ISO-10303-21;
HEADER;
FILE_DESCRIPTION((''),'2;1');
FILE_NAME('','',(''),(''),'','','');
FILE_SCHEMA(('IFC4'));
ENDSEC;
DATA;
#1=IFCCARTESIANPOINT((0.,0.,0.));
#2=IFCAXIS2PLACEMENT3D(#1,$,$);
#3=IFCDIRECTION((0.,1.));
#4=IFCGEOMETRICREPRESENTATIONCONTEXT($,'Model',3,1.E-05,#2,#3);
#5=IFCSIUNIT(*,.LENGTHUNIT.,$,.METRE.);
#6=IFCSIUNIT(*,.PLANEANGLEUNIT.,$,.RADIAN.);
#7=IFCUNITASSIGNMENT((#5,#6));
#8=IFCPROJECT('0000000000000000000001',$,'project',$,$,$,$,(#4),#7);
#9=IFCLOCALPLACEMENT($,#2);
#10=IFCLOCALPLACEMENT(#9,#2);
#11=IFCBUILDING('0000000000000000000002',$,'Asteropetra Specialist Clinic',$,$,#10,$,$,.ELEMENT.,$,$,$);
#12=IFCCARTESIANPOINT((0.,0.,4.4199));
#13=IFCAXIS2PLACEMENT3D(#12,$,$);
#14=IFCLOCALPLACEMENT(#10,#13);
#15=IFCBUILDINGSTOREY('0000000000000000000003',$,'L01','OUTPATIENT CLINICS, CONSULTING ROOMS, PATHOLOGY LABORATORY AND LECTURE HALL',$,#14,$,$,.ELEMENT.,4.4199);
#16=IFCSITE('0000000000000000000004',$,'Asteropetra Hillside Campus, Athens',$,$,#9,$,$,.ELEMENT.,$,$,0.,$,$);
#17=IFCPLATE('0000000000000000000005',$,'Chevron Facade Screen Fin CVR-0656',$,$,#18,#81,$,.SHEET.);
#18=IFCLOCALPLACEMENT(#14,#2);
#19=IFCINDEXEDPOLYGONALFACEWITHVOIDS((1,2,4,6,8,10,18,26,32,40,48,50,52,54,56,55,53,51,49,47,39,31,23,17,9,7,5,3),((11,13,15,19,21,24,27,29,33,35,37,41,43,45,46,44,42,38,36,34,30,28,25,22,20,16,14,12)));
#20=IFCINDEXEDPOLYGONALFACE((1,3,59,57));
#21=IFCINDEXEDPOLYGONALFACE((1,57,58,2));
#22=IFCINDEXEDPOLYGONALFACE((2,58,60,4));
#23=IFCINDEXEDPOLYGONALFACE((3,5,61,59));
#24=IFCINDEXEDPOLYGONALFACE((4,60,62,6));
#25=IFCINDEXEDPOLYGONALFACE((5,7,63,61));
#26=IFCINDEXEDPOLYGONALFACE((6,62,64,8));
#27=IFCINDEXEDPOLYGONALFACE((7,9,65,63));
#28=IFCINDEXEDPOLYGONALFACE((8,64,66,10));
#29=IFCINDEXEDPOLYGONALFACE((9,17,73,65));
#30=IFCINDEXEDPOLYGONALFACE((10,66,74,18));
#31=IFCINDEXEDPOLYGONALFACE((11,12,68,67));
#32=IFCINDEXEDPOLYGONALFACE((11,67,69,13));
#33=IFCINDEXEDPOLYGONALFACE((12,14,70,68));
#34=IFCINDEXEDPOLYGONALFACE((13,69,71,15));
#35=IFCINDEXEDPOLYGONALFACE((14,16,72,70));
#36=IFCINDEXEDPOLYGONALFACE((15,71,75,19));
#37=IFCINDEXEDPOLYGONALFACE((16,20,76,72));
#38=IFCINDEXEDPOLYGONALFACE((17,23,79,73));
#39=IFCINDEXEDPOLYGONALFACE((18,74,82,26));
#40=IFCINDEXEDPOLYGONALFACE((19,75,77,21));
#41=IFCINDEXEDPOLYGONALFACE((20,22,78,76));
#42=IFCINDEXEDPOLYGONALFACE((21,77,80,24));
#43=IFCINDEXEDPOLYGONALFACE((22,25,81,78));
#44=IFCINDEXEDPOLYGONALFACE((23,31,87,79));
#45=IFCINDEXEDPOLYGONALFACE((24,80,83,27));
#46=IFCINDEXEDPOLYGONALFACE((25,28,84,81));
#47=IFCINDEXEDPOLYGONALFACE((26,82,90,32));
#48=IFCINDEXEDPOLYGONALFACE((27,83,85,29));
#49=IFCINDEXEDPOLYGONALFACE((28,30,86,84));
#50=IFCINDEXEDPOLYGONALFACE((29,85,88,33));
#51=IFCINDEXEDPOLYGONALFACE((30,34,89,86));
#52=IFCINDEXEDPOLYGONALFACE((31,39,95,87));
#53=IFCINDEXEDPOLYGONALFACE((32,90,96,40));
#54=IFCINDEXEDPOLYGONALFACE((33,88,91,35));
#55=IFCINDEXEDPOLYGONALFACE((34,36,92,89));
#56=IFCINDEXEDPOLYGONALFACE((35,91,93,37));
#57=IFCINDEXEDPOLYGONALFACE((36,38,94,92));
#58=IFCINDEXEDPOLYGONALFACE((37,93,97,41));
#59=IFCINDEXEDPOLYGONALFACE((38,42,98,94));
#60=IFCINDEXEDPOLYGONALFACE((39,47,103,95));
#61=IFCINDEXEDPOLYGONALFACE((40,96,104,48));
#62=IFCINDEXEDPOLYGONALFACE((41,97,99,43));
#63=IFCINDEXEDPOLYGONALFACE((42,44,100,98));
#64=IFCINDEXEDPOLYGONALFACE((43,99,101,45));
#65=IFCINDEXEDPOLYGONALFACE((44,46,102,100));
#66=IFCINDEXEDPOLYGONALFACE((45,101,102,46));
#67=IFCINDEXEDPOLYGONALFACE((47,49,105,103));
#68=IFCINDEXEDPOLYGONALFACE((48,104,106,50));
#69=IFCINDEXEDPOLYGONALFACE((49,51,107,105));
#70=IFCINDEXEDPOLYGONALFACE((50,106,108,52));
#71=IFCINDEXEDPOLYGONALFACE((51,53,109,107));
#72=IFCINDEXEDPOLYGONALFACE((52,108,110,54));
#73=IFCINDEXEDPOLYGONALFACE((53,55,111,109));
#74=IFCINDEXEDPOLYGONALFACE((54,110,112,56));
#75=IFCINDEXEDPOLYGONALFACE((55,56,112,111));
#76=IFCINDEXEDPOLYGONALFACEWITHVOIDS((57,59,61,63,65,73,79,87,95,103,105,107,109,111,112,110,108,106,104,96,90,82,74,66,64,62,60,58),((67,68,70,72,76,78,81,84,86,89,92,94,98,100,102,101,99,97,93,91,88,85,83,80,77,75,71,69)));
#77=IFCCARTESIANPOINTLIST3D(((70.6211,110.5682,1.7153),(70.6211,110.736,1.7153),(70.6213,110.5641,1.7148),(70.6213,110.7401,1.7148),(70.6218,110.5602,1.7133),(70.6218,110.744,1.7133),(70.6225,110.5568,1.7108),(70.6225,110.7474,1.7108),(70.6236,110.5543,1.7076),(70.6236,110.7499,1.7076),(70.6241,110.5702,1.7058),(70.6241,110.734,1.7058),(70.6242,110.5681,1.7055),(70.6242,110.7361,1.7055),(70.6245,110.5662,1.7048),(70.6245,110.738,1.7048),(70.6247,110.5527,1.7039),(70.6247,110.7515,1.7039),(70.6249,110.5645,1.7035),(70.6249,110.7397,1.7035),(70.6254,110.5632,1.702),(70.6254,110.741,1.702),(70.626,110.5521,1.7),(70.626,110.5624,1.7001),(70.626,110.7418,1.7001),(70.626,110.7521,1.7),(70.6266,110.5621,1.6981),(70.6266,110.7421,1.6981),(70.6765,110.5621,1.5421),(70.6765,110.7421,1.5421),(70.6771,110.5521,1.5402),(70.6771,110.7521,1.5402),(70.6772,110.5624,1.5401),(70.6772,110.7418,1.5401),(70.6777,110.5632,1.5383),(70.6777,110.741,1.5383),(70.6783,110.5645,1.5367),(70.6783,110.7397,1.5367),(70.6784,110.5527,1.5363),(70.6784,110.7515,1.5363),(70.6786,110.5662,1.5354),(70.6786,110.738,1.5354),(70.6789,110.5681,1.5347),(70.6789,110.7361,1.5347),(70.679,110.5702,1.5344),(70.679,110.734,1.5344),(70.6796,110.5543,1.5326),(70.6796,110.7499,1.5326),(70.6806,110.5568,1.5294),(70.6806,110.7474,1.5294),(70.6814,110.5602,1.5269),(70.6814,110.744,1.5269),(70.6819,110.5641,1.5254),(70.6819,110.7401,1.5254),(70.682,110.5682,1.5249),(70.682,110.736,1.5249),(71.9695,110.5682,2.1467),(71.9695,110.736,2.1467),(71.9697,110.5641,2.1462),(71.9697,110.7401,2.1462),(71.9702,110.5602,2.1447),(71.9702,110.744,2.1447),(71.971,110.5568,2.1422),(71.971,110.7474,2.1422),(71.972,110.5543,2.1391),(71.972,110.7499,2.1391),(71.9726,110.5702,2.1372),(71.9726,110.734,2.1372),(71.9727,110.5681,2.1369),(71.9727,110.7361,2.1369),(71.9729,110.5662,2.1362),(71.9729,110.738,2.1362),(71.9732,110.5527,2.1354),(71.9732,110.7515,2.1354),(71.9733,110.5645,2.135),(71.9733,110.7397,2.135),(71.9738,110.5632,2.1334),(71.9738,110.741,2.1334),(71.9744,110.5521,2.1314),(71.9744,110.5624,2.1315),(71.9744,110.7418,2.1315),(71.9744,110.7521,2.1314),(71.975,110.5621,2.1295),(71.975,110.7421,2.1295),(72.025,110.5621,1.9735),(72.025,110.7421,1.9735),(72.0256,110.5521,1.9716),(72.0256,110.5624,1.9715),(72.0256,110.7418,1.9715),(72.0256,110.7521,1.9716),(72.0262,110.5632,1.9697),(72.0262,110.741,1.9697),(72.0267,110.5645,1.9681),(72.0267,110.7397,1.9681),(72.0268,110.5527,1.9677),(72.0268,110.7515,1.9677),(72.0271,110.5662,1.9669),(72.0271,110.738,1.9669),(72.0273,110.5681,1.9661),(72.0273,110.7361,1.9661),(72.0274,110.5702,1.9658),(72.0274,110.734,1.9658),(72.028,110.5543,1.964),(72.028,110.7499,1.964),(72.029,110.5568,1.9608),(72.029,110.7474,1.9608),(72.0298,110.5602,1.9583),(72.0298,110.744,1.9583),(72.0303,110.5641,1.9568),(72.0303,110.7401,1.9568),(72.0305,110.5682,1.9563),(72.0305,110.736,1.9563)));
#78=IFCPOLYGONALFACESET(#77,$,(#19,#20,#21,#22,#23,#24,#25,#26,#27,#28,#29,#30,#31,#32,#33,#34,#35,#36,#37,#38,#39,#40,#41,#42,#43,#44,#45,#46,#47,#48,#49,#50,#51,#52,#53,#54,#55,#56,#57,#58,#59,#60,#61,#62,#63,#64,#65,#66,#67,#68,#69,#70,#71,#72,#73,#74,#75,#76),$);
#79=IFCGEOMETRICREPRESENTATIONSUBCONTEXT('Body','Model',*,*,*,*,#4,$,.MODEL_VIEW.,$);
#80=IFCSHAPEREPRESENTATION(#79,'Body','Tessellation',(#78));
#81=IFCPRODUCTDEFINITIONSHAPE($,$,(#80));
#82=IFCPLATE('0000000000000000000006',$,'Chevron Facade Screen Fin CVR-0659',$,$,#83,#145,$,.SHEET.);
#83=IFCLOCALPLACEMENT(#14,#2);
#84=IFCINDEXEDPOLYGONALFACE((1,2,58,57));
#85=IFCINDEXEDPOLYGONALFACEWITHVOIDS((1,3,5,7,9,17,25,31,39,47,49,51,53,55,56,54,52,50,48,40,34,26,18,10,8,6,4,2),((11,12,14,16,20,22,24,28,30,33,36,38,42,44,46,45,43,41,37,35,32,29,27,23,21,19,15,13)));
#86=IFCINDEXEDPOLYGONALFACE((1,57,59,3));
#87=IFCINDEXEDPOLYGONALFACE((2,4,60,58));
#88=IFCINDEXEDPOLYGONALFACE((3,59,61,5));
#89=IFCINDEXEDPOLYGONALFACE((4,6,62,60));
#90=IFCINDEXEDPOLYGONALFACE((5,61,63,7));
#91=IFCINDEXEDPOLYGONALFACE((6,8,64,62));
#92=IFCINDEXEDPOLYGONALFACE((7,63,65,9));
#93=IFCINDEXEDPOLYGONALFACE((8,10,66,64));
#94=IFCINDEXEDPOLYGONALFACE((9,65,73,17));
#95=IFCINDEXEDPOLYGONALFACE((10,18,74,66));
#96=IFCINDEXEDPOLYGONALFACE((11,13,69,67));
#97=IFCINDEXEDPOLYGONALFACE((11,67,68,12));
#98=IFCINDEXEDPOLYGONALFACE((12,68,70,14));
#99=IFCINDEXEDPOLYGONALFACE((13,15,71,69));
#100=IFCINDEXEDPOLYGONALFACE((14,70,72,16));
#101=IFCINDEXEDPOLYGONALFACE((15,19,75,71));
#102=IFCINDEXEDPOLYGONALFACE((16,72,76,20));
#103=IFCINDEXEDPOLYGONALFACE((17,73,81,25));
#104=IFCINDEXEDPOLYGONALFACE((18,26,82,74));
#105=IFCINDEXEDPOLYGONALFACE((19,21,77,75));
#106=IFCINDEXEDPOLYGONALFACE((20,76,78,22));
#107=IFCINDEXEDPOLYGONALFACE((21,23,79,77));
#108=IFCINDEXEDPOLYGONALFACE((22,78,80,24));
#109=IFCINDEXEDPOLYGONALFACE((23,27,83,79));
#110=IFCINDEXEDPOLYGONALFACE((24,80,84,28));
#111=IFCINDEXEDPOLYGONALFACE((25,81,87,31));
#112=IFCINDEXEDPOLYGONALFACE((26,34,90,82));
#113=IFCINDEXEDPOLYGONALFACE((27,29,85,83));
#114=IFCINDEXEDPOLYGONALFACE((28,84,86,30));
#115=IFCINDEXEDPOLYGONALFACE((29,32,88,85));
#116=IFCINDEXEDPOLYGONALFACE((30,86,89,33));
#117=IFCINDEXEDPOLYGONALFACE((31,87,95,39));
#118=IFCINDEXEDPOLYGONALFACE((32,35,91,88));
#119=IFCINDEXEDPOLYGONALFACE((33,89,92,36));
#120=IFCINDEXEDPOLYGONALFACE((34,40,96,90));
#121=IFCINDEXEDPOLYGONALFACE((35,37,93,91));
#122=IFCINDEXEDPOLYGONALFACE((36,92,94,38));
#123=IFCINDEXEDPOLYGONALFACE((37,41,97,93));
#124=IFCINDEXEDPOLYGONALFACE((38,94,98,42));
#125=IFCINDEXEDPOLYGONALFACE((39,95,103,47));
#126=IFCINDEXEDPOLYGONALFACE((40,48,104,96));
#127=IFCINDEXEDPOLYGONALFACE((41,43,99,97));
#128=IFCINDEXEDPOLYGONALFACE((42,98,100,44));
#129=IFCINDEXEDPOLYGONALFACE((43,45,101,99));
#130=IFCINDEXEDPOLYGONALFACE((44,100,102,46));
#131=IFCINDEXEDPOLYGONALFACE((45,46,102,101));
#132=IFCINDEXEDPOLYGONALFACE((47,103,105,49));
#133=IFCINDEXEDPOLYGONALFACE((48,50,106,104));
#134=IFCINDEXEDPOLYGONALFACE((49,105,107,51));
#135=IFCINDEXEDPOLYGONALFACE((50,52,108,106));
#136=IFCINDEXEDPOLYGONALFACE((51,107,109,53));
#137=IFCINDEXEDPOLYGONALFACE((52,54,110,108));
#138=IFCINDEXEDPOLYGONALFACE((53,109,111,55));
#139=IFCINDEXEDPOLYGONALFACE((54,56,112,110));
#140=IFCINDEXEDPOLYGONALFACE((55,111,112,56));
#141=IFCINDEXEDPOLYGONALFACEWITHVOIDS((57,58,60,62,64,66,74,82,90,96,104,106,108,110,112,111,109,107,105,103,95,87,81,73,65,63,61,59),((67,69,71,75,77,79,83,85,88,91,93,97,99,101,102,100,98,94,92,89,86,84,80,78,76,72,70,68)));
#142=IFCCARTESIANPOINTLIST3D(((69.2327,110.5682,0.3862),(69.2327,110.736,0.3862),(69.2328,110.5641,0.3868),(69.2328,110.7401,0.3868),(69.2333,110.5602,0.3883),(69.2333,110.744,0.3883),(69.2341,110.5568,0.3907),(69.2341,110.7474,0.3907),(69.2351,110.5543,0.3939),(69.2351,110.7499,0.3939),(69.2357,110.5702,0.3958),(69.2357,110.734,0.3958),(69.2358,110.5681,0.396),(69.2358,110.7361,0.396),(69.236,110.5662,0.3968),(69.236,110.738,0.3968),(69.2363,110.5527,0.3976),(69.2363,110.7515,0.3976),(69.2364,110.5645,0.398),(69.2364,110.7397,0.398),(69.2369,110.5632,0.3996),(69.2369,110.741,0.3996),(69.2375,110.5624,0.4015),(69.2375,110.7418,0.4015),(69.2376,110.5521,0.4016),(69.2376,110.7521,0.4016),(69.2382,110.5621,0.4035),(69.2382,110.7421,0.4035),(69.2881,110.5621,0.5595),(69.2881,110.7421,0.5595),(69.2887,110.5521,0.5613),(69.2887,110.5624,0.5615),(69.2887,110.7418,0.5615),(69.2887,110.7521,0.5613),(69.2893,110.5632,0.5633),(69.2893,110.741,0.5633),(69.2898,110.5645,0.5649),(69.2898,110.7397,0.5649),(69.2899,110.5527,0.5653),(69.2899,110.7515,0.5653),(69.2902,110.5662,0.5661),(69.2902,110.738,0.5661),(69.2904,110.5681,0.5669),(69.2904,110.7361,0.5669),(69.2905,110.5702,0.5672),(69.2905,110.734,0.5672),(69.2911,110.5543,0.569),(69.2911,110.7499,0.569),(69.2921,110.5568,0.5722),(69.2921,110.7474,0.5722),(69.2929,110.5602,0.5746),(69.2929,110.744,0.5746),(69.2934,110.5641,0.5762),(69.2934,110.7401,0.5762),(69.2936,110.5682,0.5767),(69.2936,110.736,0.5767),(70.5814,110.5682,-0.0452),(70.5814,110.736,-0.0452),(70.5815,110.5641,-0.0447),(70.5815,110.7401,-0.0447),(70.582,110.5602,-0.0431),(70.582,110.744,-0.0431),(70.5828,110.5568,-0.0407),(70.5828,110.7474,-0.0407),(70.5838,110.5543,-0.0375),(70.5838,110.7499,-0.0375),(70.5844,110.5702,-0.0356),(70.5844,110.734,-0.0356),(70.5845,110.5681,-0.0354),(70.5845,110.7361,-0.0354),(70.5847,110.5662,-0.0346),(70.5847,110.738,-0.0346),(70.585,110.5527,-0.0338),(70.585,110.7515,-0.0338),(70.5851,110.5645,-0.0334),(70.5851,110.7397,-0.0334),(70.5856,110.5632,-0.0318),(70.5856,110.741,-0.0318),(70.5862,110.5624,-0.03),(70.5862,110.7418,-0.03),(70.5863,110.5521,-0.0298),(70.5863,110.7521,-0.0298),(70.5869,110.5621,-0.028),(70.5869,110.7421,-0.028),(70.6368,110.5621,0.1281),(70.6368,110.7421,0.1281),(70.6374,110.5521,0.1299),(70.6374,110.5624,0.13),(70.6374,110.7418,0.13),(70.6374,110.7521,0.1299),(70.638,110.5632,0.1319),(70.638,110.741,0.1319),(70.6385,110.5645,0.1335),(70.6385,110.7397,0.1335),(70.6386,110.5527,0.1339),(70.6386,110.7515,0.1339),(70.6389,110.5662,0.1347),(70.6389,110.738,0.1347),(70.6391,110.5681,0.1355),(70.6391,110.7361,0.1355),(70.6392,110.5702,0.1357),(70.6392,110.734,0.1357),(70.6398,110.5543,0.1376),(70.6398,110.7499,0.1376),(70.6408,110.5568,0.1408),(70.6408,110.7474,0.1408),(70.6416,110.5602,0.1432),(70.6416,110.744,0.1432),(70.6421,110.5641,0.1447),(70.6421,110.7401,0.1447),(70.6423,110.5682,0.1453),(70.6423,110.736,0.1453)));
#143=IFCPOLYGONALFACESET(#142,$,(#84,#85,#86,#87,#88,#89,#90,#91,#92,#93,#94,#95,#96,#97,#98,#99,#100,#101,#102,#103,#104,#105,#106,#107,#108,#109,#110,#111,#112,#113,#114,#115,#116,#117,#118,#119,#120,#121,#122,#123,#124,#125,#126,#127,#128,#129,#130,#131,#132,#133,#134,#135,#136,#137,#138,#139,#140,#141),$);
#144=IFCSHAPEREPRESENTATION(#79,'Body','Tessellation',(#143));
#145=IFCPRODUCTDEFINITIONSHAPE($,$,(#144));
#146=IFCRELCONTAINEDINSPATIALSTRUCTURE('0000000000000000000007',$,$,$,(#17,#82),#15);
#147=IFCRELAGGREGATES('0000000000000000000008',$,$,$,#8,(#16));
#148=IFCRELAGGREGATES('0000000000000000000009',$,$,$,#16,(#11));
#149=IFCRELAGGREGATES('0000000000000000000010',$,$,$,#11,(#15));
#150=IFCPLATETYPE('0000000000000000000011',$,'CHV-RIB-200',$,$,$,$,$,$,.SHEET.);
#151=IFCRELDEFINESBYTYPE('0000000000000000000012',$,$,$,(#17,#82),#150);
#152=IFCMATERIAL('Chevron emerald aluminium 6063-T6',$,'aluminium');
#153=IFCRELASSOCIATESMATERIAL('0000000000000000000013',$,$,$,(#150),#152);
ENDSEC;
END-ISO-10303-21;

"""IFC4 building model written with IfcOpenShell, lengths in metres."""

from ifc_helpers import new_model, si_unit, direction, frame, origin, origin_2d, place, context, subcontext, project, spatial, hollow_rectangle, extrude, material, material_profile, profile_set, type_object, element, save


model = new_model("IFC4")

# Units and contexts
model_context = context("Model", 3, precision=1e-05, world=origin(), true_north=direction((0.0, 1.0)))
body_context = subcontext(model_context, "Body", "Model", "MODEL_VIEW")
ifc_project = project(units=[si_unit("LENGTHUNIT", "METRE"), si_unit("PLANEANGLEUNIT", "RADIAN")], contexts=[model_context])

# Site, building, storey
site_placement = place(None, origin())
site = spatial("IfcSite", under=ifc_project, at=site_placement, Name="Asteropetra Hillside Campus, Athens", CompositionType="ELEMENT", RefElevation=0.0)
building_placement = place(site_placement, origin())
building = spatial("IfcBuilding", under=site, at=building_placement, Name="Asteropetra Specialist Clinic", CompositionType="ELEMENT")
storey_placement = place(building_placement, frame((0.0, 0.0, 4.4199)))
storey = spatial("IfcBuildingStorey", under=building, at=storey_placement, Name="L01", Description="OUTPATIENT CLINICS, CONSULTING ROOMS, PATHOLOGY LABORATORY AND LECTURE HALL", CompositionType="ELEMENT", Elevation=4.4199)

# Plates
ifc_material_1 = material(Name="Chevron emerald aluminium 6063-T6", Category="aluminium")
ifc_material_profile_1 = material_profile(ifc_material_1, hollow_rectangle(XDim=0.2, YDim=0.2, WallThickness=0.01, InnerFilletRadius=0.0081, OuterFilletRadius=0.0161, at=origin_2d()), Name="SHS 200x200x10.0")
ifc_profile_set_1 = profile_set([ifc_material_profile_1], Name="Chevron emerald aluminium 6063-T6")
plate_type_1 = type_object("IfcPlateType", Name="CHV-RIB-200", PredefinedType="SHEET", material=ifc_profile_set_1)
for number, where, z_axis, x_axis, name in (
    (1, (72.0, 110.6521, 2.0515), (-0.952442, 0.0, -0.304719), (0.0, -1.0, 0.0), "Chevron Facade Screen Fin CVR-0656"),
):
    element("IfcPlate", number, at=place(storey_placement, frame(where, z_axis=z_axis, x_axis=x_axis)), inside=storey, type_object=plate_type_1, Name=name, PredefinedType="SHEET", context=body_context, shape_type="SweptSolid", body=[
        extrude(hollow_rectangle(XDim=0.2, YDim=0.2, WallThickness=0.01, InnerFilletRadius=0.0081, OuterFilletRadius=0.0161, at=origin_2d()), origin(), (0.0, 0.0, 1.0), 1.4158),
    ])
plate_1_placement = place(storey_placement, frame((70.6118, 110.6521, 0.05), z_axis=(-0.952458, 0.0, 0.304669), x_axis=(0.0, -1.0, 0.0)))
element("IfcPlate", 2, at=plate_1_placement, inside=storey, type_object=plate_type_1, Name="Chevron Facade Screen Fin CVR-0659", PredefinedType="SHEET", context=body_context, shape_type="SweptSolid", body=[
    extrude(hollow_rectangle(XDim=0.2, YDim=0.2, WallThickness=0.01, InnerFilletRadius=0.0081, OuterFilletRadius=0.0161, at=origin_2d()), origin(), (0.0, 0.0, 1.0), 1.416),
])

save(model, "model.ifc")
